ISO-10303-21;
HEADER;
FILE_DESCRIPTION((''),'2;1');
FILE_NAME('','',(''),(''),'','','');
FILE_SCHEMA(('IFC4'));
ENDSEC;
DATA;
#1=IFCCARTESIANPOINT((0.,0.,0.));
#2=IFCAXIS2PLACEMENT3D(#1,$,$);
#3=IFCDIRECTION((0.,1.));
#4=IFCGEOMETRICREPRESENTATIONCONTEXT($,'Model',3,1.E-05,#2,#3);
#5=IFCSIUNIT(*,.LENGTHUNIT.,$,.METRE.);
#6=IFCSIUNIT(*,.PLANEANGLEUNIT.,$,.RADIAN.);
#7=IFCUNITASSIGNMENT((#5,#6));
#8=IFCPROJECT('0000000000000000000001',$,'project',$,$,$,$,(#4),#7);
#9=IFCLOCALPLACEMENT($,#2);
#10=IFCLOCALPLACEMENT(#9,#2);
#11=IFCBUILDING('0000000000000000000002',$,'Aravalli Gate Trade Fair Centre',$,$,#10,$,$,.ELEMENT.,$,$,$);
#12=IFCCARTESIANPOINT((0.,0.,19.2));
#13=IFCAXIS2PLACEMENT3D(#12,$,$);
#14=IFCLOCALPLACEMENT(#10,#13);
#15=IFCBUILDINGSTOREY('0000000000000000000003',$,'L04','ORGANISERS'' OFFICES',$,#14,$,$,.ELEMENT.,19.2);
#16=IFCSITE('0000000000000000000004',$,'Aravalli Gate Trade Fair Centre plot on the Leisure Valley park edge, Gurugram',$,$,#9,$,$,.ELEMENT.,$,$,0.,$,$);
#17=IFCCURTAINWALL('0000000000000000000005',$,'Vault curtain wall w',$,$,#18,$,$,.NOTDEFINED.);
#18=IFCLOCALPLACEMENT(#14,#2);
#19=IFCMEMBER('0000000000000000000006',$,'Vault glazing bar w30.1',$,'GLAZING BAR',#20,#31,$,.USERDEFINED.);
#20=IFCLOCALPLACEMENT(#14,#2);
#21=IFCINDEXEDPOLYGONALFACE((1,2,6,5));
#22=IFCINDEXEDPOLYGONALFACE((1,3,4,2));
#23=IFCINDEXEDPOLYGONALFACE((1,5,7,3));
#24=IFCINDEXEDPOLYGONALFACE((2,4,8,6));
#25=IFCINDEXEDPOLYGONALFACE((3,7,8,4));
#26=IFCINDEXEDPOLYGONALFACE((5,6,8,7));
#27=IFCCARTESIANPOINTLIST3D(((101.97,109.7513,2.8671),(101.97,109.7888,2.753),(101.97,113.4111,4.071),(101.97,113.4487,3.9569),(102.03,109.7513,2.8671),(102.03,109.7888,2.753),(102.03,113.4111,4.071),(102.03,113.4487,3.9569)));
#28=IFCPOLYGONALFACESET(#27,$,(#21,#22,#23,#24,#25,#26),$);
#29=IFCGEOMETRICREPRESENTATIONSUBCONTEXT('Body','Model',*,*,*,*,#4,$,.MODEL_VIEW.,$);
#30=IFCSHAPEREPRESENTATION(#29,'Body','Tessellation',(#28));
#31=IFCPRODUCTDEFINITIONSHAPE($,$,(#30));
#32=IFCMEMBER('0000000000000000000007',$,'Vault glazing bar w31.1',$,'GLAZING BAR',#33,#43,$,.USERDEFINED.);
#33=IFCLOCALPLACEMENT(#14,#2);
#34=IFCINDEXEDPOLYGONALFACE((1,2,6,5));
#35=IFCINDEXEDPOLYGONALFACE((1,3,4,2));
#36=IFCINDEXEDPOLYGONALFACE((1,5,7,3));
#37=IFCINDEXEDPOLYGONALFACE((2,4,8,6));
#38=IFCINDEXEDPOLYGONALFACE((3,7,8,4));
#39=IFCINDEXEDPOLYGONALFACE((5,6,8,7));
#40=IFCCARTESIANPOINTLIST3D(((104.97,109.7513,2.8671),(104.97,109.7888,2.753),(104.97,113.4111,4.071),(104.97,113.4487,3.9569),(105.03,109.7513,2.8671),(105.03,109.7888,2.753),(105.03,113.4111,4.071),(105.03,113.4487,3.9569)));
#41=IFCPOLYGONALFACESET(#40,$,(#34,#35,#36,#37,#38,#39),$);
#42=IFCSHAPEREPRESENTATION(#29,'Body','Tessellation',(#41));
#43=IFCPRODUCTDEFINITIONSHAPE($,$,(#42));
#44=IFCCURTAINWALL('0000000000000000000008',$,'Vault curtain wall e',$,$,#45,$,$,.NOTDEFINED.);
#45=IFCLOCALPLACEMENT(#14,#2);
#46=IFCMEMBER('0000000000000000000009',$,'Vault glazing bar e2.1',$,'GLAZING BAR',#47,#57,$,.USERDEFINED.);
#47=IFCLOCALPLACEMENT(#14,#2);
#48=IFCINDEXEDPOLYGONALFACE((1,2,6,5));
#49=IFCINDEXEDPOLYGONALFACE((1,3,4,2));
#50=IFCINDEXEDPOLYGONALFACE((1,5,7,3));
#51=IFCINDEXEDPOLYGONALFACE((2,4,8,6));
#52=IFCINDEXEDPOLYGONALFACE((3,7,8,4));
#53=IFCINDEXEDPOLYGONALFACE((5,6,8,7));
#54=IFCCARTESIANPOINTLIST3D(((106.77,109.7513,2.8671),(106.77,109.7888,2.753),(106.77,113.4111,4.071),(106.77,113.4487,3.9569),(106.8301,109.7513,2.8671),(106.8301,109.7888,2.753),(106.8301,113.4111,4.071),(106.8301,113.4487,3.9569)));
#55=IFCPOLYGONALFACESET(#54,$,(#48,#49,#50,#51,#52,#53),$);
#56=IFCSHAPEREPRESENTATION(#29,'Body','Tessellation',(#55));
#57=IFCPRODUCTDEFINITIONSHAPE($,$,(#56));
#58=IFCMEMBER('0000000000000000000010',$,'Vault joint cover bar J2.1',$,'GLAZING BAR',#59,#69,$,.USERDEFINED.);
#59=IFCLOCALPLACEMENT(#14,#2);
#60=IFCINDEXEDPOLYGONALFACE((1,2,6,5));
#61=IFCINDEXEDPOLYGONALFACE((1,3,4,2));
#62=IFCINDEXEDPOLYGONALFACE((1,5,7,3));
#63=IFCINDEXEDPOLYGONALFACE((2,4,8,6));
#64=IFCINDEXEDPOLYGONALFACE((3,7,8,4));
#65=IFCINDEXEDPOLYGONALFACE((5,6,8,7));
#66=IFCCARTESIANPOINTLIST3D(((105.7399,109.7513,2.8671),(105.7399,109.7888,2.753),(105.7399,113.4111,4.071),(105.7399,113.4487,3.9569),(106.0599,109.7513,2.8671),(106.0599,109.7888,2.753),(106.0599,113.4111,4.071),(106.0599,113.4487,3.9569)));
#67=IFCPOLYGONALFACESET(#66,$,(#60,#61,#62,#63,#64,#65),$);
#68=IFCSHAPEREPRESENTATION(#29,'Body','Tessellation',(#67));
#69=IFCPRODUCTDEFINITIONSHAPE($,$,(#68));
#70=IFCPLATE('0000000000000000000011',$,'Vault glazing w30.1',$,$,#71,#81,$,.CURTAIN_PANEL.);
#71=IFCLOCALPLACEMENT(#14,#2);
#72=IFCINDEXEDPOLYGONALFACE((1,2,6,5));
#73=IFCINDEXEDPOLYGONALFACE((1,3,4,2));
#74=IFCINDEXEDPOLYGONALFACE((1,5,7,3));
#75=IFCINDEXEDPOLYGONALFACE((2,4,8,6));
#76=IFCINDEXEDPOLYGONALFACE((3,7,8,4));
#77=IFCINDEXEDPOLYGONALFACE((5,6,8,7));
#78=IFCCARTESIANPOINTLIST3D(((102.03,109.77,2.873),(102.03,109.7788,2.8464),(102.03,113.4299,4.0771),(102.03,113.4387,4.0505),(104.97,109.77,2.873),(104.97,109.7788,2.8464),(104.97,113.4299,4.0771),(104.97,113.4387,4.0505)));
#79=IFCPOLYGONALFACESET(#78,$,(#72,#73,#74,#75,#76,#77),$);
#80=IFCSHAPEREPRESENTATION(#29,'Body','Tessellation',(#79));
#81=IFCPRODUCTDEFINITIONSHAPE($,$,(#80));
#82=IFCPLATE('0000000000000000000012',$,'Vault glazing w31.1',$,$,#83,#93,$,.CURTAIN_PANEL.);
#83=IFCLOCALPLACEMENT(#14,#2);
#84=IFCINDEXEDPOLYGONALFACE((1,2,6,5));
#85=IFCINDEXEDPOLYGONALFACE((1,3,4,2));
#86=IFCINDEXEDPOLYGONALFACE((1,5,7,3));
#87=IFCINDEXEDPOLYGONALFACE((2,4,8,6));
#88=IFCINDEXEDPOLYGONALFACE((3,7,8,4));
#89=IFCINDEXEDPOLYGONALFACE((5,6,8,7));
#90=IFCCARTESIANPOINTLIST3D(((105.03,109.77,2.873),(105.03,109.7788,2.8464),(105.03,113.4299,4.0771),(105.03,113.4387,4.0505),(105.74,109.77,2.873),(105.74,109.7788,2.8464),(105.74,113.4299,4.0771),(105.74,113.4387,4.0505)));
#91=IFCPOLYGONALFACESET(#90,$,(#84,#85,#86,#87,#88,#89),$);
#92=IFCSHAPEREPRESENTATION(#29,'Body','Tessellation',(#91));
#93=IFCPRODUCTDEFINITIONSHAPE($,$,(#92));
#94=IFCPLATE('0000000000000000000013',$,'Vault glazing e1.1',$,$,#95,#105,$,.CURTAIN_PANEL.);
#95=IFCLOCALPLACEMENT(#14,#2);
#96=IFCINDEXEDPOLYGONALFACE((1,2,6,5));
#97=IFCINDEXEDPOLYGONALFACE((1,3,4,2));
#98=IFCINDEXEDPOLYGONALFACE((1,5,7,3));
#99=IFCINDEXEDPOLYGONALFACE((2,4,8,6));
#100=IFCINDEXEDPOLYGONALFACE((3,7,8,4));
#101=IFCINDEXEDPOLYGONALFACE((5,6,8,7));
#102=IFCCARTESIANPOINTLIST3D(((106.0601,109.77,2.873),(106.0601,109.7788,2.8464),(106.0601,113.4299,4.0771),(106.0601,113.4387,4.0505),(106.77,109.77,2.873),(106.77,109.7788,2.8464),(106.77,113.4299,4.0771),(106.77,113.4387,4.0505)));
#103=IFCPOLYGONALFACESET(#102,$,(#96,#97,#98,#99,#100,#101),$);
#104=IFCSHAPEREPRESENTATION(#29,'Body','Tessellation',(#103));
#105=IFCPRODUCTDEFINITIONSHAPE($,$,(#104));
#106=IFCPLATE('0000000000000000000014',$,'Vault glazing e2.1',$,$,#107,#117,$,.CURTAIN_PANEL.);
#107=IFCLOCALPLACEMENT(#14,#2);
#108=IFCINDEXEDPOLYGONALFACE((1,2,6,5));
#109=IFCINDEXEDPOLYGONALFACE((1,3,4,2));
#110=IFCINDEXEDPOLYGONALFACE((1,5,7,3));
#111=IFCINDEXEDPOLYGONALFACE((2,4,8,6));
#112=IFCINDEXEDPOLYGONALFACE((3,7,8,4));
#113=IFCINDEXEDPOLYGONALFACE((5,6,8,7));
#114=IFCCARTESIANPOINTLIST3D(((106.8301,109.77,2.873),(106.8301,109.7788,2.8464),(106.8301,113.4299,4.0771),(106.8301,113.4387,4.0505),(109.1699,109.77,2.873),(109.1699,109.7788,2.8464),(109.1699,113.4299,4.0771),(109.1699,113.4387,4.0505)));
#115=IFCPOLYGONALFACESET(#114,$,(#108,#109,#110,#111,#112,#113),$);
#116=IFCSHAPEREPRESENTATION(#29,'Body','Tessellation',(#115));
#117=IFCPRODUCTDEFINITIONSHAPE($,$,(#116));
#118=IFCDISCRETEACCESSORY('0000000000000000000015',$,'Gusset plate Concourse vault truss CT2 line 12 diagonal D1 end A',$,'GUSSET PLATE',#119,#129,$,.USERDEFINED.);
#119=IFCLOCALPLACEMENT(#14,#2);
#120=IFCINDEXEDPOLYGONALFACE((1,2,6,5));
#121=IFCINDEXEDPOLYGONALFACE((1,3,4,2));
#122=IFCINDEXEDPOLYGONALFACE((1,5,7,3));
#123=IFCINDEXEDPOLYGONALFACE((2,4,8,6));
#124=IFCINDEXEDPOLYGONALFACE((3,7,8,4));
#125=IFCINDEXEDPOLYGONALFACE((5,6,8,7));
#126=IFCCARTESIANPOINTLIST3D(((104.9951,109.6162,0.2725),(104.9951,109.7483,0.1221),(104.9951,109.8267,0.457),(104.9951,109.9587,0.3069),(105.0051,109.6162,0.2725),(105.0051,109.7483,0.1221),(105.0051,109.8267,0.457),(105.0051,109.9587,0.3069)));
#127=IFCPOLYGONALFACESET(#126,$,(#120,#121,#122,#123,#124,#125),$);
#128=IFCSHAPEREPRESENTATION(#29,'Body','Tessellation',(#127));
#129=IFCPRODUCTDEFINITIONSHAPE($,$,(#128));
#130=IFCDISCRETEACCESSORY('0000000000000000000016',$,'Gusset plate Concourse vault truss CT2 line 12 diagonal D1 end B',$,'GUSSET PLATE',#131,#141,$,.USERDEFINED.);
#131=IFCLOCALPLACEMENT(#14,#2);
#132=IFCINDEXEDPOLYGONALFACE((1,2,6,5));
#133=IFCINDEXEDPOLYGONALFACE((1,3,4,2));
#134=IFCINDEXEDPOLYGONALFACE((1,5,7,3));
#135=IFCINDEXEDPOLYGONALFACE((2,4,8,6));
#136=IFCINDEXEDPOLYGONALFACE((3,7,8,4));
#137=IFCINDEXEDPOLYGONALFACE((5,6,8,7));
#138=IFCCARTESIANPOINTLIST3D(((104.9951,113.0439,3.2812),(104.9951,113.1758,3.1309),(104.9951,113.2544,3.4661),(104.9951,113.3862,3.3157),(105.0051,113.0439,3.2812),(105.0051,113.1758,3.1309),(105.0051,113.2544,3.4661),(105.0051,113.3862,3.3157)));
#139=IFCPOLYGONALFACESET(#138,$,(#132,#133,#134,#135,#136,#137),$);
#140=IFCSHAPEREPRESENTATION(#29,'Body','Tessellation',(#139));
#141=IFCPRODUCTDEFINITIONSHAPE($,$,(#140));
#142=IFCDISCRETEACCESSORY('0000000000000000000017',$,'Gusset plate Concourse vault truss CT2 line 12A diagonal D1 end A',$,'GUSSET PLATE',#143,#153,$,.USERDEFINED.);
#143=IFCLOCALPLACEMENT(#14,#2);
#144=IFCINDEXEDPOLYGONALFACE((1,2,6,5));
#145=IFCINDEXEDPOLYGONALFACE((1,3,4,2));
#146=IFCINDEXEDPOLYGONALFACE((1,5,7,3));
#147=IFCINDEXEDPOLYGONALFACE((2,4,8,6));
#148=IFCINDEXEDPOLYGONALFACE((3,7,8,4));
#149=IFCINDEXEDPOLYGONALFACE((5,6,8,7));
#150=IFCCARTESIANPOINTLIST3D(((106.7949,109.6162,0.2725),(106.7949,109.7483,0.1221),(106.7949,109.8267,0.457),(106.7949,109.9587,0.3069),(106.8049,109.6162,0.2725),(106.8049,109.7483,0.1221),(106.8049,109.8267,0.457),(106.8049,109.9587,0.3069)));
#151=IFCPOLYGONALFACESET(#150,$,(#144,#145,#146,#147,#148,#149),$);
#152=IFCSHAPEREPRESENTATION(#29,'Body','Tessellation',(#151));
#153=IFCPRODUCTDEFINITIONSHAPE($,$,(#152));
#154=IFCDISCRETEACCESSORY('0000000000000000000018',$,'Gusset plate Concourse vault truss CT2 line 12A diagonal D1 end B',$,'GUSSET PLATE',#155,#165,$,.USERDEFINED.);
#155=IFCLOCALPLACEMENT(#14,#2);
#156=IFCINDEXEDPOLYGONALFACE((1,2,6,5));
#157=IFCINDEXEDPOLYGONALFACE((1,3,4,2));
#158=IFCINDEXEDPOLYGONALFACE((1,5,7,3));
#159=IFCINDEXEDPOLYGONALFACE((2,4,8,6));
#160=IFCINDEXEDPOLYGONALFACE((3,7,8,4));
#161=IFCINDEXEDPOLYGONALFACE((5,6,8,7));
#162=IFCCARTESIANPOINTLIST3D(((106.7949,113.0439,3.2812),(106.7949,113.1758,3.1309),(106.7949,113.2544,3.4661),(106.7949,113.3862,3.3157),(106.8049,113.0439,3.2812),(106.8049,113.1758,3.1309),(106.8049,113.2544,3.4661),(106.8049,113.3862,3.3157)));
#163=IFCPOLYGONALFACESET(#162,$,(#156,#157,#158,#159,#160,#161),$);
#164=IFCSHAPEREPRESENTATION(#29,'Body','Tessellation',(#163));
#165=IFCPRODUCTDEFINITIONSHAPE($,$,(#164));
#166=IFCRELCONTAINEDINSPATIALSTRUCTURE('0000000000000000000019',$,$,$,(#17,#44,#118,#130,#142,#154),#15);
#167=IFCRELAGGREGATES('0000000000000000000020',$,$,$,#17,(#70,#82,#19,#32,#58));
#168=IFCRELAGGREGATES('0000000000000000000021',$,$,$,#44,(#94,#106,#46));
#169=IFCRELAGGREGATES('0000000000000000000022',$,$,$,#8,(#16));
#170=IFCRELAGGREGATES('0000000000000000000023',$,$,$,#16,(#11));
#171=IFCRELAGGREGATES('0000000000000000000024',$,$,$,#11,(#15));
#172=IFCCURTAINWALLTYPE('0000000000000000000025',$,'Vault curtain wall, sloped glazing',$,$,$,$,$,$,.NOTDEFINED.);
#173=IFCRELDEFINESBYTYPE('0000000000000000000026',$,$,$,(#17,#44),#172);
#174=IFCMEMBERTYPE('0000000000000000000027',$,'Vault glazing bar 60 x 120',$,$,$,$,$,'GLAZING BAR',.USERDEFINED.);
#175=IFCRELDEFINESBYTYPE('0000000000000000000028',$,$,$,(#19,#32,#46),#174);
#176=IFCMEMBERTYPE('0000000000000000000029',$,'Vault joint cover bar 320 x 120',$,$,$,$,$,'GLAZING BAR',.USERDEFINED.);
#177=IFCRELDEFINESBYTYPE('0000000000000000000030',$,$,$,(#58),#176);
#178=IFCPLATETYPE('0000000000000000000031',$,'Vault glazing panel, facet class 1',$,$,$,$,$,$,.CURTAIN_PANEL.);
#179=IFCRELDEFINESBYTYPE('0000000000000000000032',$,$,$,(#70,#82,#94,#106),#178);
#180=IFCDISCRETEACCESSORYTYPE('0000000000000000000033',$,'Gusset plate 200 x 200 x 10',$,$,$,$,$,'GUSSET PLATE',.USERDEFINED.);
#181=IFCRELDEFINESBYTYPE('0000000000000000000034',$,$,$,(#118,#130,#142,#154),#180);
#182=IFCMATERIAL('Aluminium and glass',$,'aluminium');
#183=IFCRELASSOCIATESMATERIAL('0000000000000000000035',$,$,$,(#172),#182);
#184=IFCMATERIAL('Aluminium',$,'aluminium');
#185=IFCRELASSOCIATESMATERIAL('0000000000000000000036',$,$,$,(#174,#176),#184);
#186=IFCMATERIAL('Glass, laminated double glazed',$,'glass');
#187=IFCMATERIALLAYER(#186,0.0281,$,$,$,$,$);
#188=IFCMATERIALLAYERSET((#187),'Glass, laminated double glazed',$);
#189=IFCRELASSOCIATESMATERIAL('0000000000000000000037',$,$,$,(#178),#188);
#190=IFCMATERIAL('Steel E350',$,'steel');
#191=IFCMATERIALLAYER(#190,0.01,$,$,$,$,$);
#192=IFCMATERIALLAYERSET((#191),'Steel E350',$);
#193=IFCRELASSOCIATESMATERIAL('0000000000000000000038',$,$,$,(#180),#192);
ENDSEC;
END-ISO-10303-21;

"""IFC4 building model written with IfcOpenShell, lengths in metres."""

from ifc_helpers import new_model, si_unit, direction, frame, origin, origin_2d, place, context, subcontext, project, spatial, polyline, rectangle, outline, extrude, material, layer, layer_set, material_profile, profile_set, type_object, element, aggregate, save


model = new_model("IFC4")

# Units and contexts
model_context = context("Model", 3, precision=1e-05, world=origin(), true_north=direction((0.0, 1.0)))
body_context = subcontext(model_context, "Body", "Model", "MODEL_VIEW")
ifc_project = project(units=[si_unit("LENGTHUNIT", "METRE"), si_unit("PLANEANGLEUNIT", "RADIAN")], contexts=[model_context])

# Site, building, storey
site_placement = place(None, origin())
site = spatial("IfcSite", under=ifc_project, at=site_placement, Name="Aravalli Gate Trade Fair Centre plot on the Leisure Valley park edge, Gurugram", CompositionType="ELEMENT", RefElevation=0.0)
building_placement = place(site_placement, origin())
building = spatial("IfcBuilding", under=site, at=building_placement, Name="Aravalli Gate Trade Fair Centre", CompositionType="ELEMENT")
storey_placement = place(building_placement, frame((0.0, 0.0, 19.2)))
storey = spatial("IfcBuildingStorey", under=building, at=storey_placement, Name="L04", Description="ORGANISERS' OFFICES", CompositionType="ELEMENT", Elevation=19.2)

# Shared definitions
ifc_material_1 = material(Name="Steel E350", Category="steel")
ifc_material_2 = material(Name="Aluminium", Category="aluminium")

# Curtain wall, members
ifc_material_3 = material(Name="Aluminium and glass", Category="aluminium")
curtain_wall_type = type_object("IfcCurtainWallType", Name="Vault curtain wall, sloped glazing", PredefinedType="NOTDEFINED", material=ifc_material_3)
curtain_wall_1_placement = place(storey_placement, origin())
curtain_wall_1 = element("IfcCurtainWall", 1, at=curtain_wall_1_placement, inside=storey, type_object=curtain_wall_type, Name="Vault curtain wall w", PredefinedType="NOTDEFINED")
ifc_material_profile_1 = material_profile(ifc_material_2, rectangle(XDim=0.0601, YDim=0.1201, at=origin_2d()), Name="Vault glazing bar 60 x 120")
ifc_profile_set_1 = profile_set([ifc_material_profile_1], Name="Aluminium")
member_type_1 = type_object("IfcMemberType", Name="Vault glazing bar 60 x 120", ElementType="GLAZING BAR", PredefinedType="USERDEFINED", material=ifc_profile_set_1)
member_1_placement = place(storey_placement, frame((102.0, 109.77, 2.8101), z_axis=(0.0, 0.94993, 0.312461), x_axis=(-1.0, 0.0, 0.0)))
member_1 = element("IfcMember", 2, at=member_1_placement, type_object=member_type_1, Name="Vault glazing bar w30.1", ObjectType="GLAZING BAR", PredefinedType="USERDEFINED", context=body_context, shape_type="SweptSolid", body=[
    extrude(rectangle(XDim=0.0601, YDim=0.1201, at=origin_2d()), origin(), (0.0, 0.0, 1.0), 3.8528),
])
member_2_placement = place(storey_placement, frame((105.0, 109.77, 2.8101), z_axis=(0.0, 0.94993, 0.312461), x_axis=(-1.0, 0.0, 0.0)))
member_2 = element("IfcMember", 3, at=member_2_placement, type_object=member_type_1, Name="Vault glazing bar w31.1", ObjectType="GLAZING BAR", PredefinedType="USERDEFINED", context=body_context, shape_type="SweptSolid", body=[
    extrude(rectangle(XDim=0.0601, YDim=0.1201, at=origin_2d()), origin(), (0.0, 0.0, 1.0), 3.8528),
])

# Curtain wall, member
curtain_wall_2_placement = place(storey_placement, origin())
curtain_wall_2 = element("IfcCurtainWall", 4, at=curtain_wall_2_placement, inside=storey, type_object=curtain_wall_type, Name="Vault curtain wall e", PredefinedType="NOTDEFINED")
member_3_placement = place(storey_placement, frame((106.8, 109.77, 2.8101), z_axis=(0.0, 0.94993, 0.312461), x_axis=(-1.0, 0.0, 0.0)))
member_3 = element("IfcMember", 5, at=member_3_placement, type_object=member_type_1, Name="Vault glazing bar e2.1", ObjectType="GLAZING BAR", PredefinedType="USERDEFINED", context=body_context, shape_type="SweptSolid", body=[
    extrude(rectangle(XDim=0.0601, YDim=0.1201, at=origin_2d()), origin(), (0.0, 0.0, 1.0), 3.8528),
])

# Member
ifc_material_profile_2 = material_profile(ifc_material_2, rectangle(XDim=0.3201, YDim=0.1201, at=origin_2d()), Name="Vault joint cover bar 320 x 120")
ifc_profile_set_2 = profile_set([ifc_material_profile_2], Name="Aluminium")
member_type_2 = type_object("IfcMemberType", Name="Vault joint cover bar 320 x 120", ElementType="GLAZING BAR", PredefinedType="USERDEFINED", material=ifc_profile_set_2)
member_4_placement = place(storey_placement, frame((105.8999, 109.77, 2.8101), z_axis=(0.0, 0.94993, 0.312461), x_axis=(-1.0, 0.0, 0.0)))
member_4 = element("IfcMember", 6, at=member_4_placement, type_object=member_type_2, Name="Vault joint cover bar J2.1", ObjectType="GLAZING BAR", PredefinedType="USERDEFINED", context=body_context, shape_type="SweptSolid", body=[
    extrude(rectangle(XDim=0.3201, YDim=0.1201, at=origin_2d()), origin(), (0.0, 0.0, 1.0), 3.8528),
])

# Plates
ifc_material_4 = material(Name="Glass, laminated double glazed", Category="glass")
ifc_layer_1 = layer(ifc_material_4, 0.0281)
ifc_layer_set_1 = layer_set([ifc_layer_1], Name="Glass, laminated double glazed")
plate_type = type_object("IfcPlateType", Name="Vault glazing panel, facet class 1", PredefinedType="CURTAIN_PANEL", material=ifc_layer_set_1)
plate_1_placement = place(storey_placement, frame((102.03, 109.77, 2.873), z_axis=(0.0, -0.312518, 0.949912), x_axis=(1.0, 0.0, 0.0)))
plate_1 = element("IfcPlate", 7, at=plate_1_placement, type_object=plate_type, Name="Vault glazing w30.1", PredefinedType="CURTAIN_PANEL", context=body_context, shape_type="SweptSolid", body=[
    extrude(outline(polyline([(0.0, 0.0), (2.9399, 0.0), (2.9399, 3.8529), (0.0, 3.8529), (0.0, 0.0)])), origin(), (0.0, 0.0, -1.0), 0.0281),
])
plate_2_placement = place(storey_placement, frame((105.03, 109.77, 2.873), z_axis=(0.0, -0.312518, 0.949912), x_axis=(1.0, 0.0, 0.0)))
plate_2 = element("IfcPlate", 8, at=plate_2_placement, type_object=plate_type, Name="Vault glazing w31.1", PredefinedType="CURTAIN_PANEL", context=body_context, shape_type="SweptSolid", body=[
    extrude(outline(polyline([(0.0, 0.0), (0.71, 0.0), (0.71, 3.8529), (0.0, 3.8529), (0.0, 0.0)])), origin(), (0.0, 0.0, -1.0), 0.0281),
])
aggregate(curtain_wall_1, [plate_1, plate_2, member_1, member_2, member_4])
plate_3_placement = place(storey_placement, frame((106.0601, 109.77, 2.873), z_axis=(0.0, -0.312518, 0.949912), x_axis=(1.0, 0.0, 0.0)))
plate_3 = element("IfcPlate", 9, at=plate_3_placement, type_object=plate_type, Name="Vault glazing e1.1", PredefinedType="CURTAIN_PANEL", context=body_context, shape_type="SweptSolid", body=[
    extrude(outline(polyline([(0.0, 0.0), (0.71, 0.0), (0.71, 3.8529), (0.0, 3.8529), (0.0, 0.0)])), origin(), (0.0, 0.0, -1.0), 0.0281),
])
plate_4_placement = place(storey_placement, frame((106.8301, 109.77, 2.873), z_axis=(0.0, -0.312518, 0.949912), x_axis=(1.0, 0.0, 0.0)))
plate_4 = element("IfcPlate", 10, at=plate_4_placement, type_object=plate_type, Name="Vault glazing e2.1", PredefinedType="CURTAIN_PANEL", context=body_context, shape_type="SweptSolid", body=[
    extrude(outline(polyline([(0.0, 0.0), (2.3398, 0.0), (2.3398, 3.8529), (0.0, 3.8529), (0.0, 0.0)])), origin(), (0.0, 0.0, -1.0), 0.0281),
])
aggregate(curtain_wall_2, [plate_3, plate_4, member_3])

# Discrete accessories
ifc_layer_2 = layer(ifc_material_1, 0.01)
ifc_layer_set_2 = layer_set([ifc_layer_2], Name="Steel E350")
discrete_accessory_type = type_object("IfcDiscreteAccessoryType", Name="Gusset plate 200 x 200 x 10", ElementType="GUSSET PLATE", PredefinedType="USERDEFINED", material=ifc_layer_set_2)
discrete_accessory_1_placement = place(storey_placement, frame((104.9951, 109.9587, 0.3069), z_axis=(-1.0, 0.0, 0.0), x_axis=(0.0, -0.751388, -0.659861)))
element("IfcDiscreteAccessory", 11, at=discrete_accessory_1_placement, inside=storey, type_object=discrete_accessory_type, Name="Gusset plate Concourse vault truss CT2 line 12 diagonal D1 end A", ObjectType="GUSSET PLATE", PredefinedType="USERDEFINED", context=body_context, shape_type="SweptSolid", body=[
    extrude(outline(polyline([(0.0, 0.0), (0.2801, 0.0), (0.2801, 0.2002), (0.0002, 0.2), (0.0, 0.0)])), origin(), (0.0, 0.0, -1.0), 0.01),
])
discrete_accessory_2_placement = place(storey_placement, frame((104.9951, 113.0439, 3.2812), z_axis=(-1.0, 0.0, 0.0), x_axis=(0.0, 0.751388, 0.659861)))
element("IfcDiscreteAccessory", 12, at=discrete_accessory_2_placement, inside=storey, type_object=discrete_accessory_type, Name="Gusset plate Concourse vault truss CT2 line 12 diagonal D1 end B", ObjectType="GUSSET PLATE", PredefinedType="USERDEFINED", context=body_context, shape_type="SweptSolid", body=[
    extrude(outline(polyline([(0.0, 0.0), (0.2801, 0.0), (0.2799, 0.2), (-0.0002, 0.2), (0.0, 0.0)])), origin(), (0.0, 0.0, -1.0), 0.01),
])
discrete_accessory_3_placement = place(storey_placement, frame((106.8049, 109.8267, 0.457), z_axis=(1.0, 0.0, 0.0), x_axis=(0.0, -0.75182, -0.659369)))
element("IfcDiscreteAccessory", 13, at=discrete_accessory_3_placement, inside=storey, type_object=discrete_accessory_type, Name="Gusset plate Concourse vault truss CT2 line 12A diagonal D1 end A", ObjectType="GUSSET PLATE", PredefinedType="USERDEFINED", context=body_context, shape_type="SweptSolid", body=[
    extrude(outline(polyline([(0.0, 0.0), (0.2799, 0.0), (0.2798, 0.2002), (-0.0003, 0.2), (0.0, 0.0)])), origin(), (0.0, 0.0, -1.0), 0.01),
])
discrete_accessory_4_placement = place(storey_placement, frame((106.7949, 113.0439, 3.2812), z_axis=(-1.0, 0.0, 0.0), x_axis=(0.0, 0.751388, 0.659861)))
element("IfcDiscreteAccessory", 14, at=discrete_accessory_4_placement, inside=storey, type_object=discrete_accessory_type, Name="Gusset plate Concourse vault truss CT2 line 12A diagonal D1 end B", ObjectType="GUSSET PLATE", PredefinedType="USERDEFINED", context=body_context, shape_type="SweptSolid", body=[
    extrude(outline(polyline([(0.0, 0.0), (0.2801, 0.0), (0.2799, 0.2), (-0.0002, 0.2), (0.0, 0.0)])), origin(), (0.0, 0.0, -1.0), 0.01),
])

save(model, "model.ifc")
